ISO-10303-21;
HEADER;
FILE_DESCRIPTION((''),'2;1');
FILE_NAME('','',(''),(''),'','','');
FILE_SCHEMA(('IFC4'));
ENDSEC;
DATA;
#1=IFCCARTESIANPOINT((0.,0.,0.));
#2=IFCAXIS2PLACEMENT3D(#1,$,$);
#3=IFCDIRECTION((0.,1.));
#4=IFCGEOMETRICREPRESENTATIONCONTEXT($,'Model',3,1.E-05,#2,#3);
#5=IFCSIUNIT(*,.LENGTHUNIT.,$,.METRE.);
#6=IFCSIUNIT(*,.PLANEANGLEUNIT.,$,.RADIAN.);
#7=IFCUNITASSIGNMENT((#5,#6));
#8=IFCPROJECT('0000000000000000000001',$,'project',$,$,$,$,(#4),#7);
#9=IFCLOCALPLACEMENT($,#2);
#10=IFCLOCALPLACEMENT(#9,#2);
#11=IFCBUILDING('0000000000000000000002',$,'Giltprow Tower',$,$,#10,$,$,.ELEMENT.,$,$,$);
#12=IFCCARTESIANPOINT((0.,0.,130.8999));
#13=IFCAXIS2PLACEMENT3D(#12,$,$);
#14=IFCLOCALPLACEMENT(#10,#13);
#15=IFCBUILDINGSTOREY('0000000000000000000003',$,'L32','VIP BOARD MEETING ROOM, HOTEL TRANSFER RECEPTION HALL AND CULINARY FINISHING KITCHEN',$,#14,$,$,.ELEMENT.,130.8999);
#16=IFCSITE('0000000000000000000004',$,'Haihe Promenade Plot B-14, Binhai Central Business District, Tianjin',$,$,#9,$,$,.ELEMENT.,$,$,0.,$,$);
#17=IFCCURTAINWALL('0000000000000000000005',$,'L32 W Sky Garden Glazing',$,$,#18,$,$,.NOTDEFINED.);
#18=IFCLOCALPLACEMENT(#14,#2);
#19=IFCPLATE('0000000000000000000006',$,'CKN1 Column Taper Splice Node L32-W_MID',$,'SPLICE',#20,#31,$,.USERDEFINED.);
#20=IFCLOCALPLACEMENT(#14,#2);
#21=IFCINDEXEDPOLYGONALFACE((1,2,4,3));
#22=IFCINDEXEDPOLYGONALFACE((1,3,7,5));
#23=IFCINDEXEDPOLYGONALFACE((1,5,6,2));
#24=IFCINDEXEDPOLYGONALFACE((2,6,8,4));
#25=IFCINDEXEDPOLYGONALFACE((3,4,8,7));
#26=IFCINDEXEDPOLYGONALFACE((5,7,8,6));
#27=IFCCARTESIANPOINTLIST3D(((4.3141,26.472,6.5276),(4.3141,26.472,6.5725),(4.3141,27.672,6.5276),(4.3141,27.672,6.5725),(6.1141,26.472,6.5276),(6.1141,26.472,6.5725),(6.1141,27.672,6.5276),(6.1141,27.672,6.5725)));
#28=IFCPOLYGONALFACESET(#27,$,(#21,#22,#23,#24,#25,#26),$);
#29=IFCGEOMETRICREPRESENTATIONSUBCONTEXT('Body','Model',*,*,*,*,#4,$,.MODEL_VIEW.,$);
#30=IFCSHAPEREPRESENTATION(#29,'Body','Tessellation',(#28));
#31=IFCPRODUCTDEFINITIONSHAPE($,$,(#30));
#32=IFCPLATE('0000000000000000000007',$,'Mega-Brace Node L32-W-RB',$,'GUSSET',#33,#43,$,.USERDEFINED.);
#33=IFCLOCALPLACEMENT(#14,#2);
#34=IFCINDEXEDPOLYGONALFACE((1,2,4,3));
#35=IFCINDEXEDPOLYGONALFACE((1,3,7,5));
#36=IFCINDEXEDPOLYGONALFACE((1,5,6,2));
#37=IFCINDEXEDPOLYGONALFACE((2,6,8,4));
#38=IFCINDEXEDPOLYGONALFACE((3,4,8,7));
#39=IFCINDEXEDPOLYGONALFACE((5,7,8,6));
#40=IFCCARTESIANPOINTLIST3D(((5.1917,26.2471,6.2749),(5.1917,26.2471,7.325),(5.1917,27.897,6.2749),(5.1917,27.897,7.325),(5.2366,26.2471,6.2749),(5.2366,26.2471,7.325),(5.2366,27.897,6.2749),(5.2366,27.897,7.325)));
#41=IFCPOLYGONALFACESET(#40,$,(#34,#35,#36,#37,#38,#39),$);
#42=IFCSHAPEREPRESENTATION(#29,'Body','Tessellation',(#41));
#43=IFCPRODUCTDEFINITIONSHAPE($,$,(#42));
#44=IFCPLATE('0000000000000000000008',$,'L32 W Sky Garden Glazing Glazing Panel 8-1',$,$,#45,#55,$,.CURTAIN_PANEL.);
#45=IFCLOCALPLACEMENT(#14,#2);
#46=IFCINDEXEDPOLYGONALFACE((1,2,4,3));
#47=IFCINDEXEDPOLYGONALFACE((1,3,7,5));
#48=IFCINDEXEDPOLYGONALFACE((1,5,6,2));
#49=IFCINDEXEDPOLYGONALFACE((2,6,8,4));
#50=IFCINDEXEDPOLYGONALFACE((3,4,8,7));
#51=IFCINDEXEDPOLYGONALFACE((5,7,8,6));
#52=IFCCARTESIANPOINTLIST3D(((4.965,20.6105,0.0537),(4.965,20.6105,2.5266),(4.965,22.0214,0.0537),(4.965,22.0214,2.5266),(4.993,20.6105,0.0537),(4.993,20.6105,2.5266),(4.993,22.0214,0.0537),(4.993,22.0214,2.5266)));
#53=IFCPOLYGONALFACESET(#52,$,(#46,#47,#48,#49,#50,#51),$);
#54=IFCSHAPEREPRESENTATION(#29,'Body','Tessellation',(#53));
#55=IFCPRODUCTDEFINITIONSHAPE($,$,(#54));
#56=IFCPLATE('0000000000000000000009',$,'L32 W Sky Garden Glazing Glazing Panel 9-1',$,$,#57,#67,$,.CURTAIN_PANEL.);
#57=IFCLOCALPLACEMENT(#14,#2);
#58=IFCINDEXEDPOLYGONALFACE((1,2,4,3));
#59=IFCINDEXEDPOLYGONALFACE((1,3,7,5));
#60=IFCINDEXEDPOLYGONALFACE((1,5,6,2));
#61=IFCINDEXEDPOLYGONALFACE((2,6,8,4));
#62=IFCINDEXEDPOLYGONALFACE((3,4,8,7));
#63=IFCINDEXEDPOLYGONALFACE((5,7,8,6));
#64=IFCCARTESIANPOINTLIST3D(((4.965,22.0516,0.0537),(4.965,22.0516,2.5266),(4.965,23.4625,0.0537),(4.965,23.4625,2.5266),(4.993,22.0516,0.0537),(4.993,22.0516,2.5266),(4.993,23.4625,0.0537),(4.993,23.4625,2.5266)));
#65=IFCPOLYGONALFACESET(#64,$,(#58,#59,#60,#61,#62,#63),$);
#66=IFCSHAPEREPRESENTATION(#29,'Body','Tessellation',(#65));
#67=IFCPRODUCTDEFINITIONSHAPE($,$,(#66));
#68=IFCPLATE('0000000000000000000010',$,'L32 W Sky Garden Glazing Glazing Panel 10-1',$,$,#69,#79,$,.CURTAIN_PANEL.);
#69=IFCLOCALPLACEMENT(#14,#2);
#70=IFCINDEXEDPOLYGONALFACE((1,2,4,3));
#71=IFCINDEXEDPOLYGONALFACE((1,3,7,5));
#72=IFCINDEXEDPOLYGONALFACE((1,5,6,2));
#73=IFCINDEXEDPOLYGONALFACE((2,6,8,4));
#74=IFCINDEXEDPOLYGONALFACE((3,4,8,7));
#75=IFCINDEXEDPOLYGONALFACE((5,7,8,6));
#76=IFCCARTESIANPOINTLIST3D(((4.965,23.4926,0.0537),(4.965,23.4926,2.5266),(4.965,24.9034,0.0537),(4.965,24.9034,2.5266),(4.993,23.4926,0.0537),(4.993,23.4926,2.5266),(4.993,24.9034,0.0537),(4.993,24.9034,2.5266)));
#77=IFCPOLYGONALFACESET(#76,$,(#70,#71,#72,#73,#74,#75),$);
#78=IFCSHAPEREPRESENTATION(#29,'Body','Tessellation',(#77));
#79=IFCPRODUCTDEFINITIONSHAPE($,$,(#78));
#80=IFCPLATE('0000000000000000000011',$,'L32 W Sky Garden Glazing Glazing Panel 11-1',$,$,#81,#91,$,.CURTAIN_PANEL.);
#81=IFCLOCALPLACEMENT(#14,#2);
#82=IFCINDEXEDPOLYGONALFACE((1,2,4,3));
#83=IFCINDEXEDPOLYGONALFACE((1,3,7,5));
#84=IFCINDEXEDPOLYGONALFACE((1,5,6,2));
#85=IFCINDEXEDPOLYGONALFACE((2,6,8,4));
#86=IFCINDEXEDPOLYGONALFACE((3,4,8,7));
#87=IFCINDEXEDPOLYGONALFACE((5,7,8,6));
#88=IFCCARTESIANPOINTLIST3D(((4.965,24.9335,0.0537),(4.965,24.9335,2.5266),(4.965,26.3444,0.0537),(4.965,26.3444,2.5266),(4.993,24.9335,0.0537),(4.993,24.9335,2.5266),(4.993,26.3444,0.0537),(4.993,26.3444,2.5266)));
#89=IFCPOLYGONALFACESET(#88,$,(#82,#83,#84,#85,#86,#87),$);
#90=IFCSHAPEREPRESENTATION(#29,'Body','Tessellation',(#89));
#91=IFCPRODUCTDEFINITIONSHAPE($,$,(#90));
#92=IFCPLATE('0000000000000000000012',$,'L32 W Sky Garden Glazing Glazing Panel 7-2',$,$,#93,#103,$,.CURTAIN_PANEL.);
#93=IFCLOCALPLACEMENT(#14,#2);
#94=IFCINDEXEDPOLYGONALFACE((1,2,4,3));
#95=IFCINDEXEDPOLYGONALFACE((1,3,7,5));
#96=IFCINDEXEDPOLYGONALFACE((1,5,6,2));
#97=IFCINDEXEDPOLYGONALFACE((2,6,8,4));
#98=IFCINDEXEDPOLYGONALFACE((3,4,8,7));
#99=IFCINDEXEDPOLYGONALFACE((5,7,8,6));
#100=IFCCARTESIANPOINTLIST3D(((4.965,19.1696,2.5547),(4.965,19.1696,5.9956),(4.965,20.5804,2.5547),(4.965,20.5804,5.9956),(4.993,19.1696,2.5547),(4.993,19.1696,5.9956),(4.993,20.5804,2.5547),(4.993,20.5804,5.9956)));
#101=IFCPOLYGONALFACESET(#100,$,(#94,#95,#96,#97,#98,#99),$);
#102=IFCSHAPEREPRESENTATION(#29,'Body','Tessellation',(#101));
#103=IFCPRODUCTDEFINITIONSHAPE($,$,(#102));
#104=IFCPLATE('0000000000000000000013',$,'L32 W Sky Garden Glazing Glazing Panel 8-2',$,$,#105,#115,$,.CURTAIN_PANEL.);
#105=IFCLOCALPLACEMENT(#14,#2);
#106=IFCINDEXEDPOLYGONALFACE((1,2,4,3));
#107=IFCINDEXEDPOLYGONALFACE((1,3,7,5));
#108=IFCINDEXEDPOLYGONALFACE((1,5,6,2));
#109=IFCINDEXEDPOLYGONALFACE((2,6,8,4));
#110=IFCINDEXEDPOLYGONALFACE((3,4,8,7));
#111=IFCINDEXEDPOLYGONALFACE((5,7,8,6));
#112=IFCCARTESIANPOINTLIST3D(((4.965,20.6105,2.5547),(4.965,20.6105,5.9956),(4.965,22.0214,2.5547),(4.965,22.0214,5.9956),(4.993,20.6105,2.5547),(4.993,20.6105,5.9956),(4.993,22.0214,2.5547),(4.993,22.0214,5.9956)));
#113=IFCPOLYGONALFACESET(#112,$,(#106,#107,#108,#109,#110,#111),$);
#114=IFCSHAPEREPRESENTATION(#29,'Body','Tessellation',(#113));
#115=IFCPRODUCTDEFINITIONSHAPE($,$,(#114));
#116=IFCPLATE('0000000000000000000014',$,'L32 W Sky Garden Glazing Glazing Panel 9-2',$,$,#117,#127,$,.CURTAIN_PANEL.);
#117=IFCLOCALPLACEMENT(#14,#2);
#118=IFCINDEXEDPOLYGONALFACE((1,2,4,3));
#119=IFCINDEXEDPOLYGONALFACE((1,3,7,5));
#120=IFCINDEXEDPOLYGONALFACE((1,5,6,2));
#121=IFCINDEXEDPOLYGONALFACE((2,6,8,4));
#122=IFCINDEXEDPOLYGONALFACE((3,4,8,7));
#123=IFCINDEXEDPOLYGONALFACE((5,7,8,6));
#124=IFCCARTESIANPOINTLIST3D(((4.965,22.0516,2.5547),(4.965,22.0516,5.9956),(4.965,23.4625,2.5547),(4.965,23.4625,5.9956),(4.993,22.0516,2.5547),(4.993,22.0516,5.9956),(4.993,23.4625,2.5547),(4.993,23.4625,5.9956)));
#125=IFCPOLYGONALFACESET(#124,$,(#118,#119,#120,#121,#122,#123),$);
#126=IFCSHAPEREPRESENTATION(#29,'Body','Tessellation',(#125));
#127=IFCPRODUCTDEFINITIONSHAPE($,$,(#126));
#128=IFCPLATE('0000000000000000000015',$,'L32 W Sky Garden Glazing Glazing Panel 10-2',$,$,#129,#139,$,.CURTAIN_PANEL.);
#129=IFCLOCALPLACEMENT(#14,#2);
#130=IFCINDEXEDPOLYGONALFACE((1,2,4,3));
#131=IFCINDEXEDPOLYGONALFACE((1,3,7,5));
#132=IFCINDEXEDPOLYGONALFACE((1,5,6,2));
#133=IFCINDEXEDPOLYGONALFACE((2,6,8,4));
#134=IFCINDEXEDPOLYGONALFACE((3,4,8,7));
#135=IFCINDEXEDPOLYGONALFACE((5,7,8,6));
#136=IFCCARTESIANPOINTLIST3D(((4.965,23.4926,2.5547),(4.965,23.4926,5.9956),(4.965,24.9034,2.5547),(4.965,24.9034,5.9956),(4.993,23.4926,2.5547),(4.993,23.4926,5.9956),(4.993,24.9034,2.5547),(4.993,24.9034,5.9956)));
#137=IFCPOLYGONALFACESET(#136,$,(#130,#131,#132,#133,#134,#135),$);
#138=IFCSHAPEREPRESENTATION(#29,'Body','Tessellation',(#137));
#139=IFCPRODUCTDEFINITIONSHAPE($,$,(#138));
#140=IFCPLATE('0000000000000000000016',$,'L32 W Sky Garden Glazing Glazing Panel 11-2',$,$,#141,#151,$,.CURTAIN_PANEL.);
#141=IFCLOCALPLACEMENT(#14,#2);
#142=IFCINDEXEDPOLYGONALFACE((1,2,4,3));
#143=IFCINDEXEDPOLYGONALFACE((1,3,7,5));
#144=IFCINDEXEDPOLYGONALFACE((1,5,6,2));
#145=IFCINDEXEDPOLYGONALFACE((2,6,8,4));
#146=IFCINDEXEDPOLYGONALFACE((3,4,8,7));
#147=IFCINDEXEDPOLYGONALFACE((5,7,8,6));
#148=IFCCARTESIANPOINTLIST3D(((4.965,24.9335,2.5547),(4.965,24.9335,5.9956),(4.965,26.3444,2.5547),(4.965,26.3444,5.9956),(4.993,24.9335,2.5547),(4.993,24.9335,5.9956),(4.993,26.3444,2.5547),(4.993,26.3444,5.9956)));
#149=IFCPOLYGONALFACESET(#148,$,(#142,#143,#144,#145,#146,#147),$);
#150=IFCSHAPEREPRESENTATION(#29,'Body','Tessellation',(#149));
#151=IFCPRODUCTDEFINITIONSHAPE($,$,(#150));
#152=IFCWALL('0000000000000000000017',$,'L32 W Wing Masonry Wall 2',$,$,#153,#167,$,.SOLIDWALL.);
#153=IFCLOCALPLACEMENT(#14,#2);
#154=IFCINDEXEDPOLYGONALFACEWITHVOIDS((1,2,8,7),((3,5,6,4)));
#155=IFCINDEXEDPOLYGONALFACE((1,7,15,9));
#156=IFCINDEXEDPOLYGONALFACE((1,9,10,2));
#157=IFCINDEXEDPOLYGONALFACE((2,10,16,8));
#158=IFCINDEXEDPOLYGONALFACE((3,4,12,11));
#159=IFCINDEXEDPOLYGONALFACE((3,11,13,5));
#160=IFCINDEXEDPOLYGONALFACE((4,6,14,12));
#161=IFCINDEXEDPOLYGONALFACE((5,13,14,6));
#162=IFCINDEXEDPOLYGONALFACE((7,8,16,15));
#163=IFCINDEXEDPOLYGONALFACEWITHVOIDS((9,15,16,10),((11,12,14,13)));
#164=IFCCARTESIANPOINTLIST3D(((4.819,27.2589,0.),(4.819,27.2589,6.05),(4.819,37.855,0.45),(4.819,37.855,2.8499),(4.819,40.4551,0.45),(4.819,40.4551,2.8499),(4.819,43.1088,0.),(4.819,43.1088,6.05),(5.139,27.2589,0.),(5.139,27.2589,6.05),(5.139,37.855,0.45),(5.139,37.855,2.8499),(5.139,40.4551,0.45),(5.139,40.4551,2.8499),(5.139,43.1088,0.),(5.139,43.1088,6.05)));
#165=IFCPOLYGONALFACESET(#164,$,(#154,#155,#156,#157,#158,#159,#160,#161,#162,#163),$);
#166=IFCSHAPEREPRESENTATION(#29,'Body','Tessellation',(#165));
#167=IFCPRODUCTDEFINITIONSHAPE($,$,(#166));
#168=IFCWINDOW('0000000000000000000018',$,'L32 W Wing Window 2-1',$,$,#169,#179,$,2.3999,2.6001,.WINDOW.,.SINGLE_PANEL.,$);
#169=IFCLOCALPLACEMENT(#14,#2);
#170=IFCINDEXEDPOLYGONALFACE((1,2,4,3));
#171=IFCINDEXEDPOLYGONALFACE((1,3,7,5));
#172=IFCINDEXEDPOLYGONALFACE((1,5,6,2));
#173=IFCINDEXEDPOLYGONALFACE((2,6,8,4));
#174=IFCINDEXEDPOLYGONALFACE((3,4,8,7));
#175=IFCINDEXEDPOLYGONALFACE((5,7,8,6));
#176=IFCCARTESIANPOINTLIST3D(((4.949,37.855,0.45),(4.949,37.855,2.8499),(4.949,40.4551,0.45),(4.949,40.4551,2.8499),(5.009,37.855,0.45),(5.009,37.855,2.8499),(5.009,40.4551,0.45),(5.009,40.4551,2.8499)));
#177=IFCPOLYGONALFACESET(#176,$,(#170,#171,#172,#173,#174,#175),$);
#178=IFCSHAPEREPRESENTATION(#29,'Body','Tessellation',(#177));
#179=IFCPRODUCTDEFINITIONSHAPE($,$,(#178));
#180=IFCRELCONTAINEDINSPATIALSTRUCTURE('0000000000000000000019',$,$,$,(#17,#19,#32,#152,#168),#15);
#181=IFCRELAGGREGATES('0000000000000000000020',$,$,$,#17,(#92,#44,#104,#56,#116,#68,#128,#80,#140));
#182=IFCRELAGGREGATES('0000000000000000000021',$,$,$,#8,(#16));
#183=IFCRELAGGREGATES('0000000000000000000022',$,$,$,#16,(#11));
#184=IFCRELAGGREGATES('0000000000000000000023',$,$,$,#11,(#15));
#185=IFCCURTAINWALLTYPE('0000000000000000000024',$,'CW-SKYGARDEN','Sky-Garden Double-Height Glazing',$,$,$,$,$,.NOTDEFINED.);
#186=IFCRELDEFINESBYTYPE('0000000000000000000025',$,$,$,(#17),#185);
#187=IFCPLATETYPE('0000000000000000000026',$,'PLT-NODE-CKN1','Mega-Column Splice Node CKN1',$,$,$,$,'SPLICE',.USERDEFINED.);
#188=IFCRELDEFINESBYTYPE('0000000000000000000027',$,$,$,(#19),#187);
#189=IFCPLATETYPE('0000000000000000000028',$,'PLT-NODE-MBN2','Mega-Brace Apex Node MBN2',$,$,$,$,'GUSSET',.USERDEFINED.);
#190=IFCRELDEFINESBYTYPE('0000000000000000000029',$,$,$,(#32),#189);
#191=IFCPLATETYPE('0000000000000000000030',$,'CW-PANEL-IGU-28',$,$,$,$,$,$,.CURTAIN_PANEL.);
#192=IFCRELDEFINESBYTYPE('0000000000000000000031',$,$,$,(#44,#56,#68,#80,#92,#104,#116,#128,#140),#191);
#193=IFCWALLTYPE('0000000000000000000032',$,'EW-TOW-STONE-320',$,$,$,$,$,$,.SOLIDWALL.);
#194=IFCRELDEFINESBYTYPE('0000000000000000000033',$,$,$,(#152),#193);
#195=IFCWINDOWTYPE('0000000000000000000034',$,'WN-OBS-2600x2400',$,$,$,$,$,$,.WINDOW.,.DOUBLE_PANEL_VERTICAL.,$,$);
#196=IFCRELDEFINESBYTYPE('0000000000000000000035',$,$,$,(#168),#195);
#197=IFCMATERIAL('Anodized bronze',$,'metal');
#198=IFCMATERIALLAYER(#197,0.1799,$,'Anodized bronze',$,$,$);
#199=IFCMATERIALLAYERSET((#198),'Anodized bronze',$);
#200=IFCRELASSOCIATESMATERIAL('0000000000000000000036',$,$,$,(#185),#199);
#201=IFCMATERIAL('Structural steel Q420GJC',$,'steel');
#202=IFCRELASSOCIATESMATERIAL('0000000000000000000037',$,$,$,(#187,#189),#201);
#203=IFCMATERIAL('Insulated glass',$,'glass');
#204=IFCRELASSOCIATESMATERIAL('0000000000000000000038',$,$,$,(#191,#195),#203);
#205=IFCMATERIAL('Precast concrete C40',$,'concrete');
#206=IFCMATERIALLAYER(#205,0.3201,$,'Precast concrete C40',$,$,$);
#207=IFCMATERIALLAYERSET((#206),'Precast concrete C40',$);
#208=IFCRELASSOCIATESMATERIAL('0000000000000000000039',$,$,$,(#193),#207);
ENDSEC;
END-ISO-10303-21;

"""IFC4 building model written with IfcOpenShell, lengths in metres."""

from ifc_helpers import new_model, si_unit, direction, frame, frame_2d, origin, origin_2d, place, context, subcontext, project, spatial, rectangle, extrude, source, transform, mapped, material, layer, layer_set, type_object, element, fill, aggregate, save


model = new_model("IFC4")

# Units and contexts
model_context = context("Model", 3, precision=1e-05, world=origin(), true_north=direction((0.0, 1.0)))
body_context = subcontext(model_context, "Body", "Model", "MODEL_VIEW")
ifc_project = project(units=[si_unit("LENGTHUNIT", "METRE"), si_unit("PLANEANGLEUNIT", "RADIAN")], contexts=[model_context])

# Site, building, storey
site_placement = place(None, origin())
site = spatial("IfcSite", under=ifc_project, at=site_placement, Name="Haihe Promenade Plot B-14, Binhai Central Business District, Tianjin", CompositionType="ELEMENT", RefElevation=0.0)
building_placement = place(site_placement, origin())
building = spatial("IfcBuilding", under=site, at=building_placement, Name="Giltprow Tower", CompositionType="ELEMENT")
storey_placement = place(building_placement, frame((0.0, 0.0, 130.8999)))
storey = spatial("IfcBuildingStorey", under=building, at=storey_placement, Name="L32", Description="VIP BOARD MEETING ROOM, HOTEL TRANSFER RECEPTION HALL AND CULINARY FINISHING KITCHEN", CompositionType="ELEMENT", Elevation=130.8999)

# Shared definitions
ifc_material_1 = material(Name="Structural steel Q420GJC", Category="steel")

# Curtain wall
ifc_material_2 = material(Name="Anodized bronze", Category="metal")
ifc_layer_1 = layer(ifc_material_2, 0.1799, Name="Anodized bronze")
ifc_layer_set_1 = layer_set([ifc_layer_1], Name="Anodized bronze")
curtain_wall_type = type_object("IfcCurtainWallType", Name="CW-SKYGARDEN", Description="Sky-Garden Double-Height Glazing", PredefinedType="NOTDEFINED", material=ifc_layer_set_1)
curtain_wall_placement = place(storey_placement, origin())
curtain_wall = element("IfcCurtainWall", 1, at=curtain_wall_placement, inside=storey, type_object=curtain_wall_type, Name="L32 W Sky Garden Glazing", PredefinedType="NOTDEFINED")

# Plates
plate_type_1 = type_object("IfcPlateType", Name="PLT-NODE-CKN1", Description="Mega-Column Splice Node CKN1", ElementType="SPLICE", PredefinedType="USERDEFINED", material=ifc_material_1)
shared_shape_1 = source(origin(), body_context, "Body", "SweptSolid", [
    extrude(rectangle(XDim=1.8, YDim=1.2, at=origin_2d()), origin(), (0.0, 0.0, 1.0), 0.0449),
])
plate_1_placement = place(storey_placement, frame((5.2141, 27.072, 6.5276), z_axis=(0.0, 0.0, 1.0), x_axis=(1.0, 0.0, 0.0)))
element("IfcPlate", 2, at=plate_1_placement, inside=storey, type_object=plate_type_1, Name="CKN1 Column Taper Splice Node L32-W_MID", ObjectType="SPLICE", PredefinedType="USERDEFINED", context=body_context, shape_type="MappedRepresentation", body=[
    mapped(shared_shape_1, transform((0.0, 0.0, 0.0), x_axis=(1.0, 0.0, 0.0), y_axis=(0.0, 1.0, 0.0), z_axis=(0.0, 0.0, 1.0), scale=1.0)),
])
plate_type_2 = type_object("IfcPlateType", Name="PLT-NODE-MBN2", Description="Mega-Brace Apex Node MBN2", ElementType="GUSSET", PredefinedType="USERDEFINED", material=ifc_material_1)
shared_shape_2 = source(origin(), body_context, "Body", "SweptSolid", [
    extrude(rectangle(XDim=1.6499, YDim=0.0449, at=origin_2d()), origin(), (0.0, 0.0, 1.0), 1.05),
])
plate_2_placement = place(storey_placement, frame((5.2141, 27.072, 6.2749), z_axis=(0.0, 0.0, 1.0), x_axis=(0.0, 1.0, 0.0)))
element("IfcPlate", 3, at=plate_2_placement, inside=storey, type_object=plate_type_2, Name="Mega-Brace Node L32-W-RB", ObjectType="GUSSET", PredefinedType="USERDEFINED", context=body_context, shape_type="MappedRepresentation", body=[
    mapped(shared_shape_2, transform((0.0, 0.0, 0.0), x_axis=(1.0, 0.0, 0.0), y_axis=(0.0, 1.0, 0.0), z_axis=(0.0, 0.0, 1.0), scale=1.0)),
])

# Plates
ifc_material_3 = material(Name="Insulated glass", Category="glass")
plate_type_3 = type_object("IfcPlateType", Name="CW-PANEL-IGU-28", PredefinedType="CURTAIN_PANEL", material=ifc_material_3)
shared_shape_3 = source(origin(), body_context, "Body", "SweptSolid", [
    extrude(rectangle(XDim=1.4109, YDim=0.0281, at=origin_2d()), origin(), (0.0, 0.0, 1.0), 2.4729),
])
plate_3_placement = place(storey_placement, frame((4.979, 21.3159, 0.0537), z_axis=(0.0, 0.0, 1.0), x_axis=(0.0, 1.0, 0.0)))
plate_3 = element("IfcPlate", 4, at=plate_3_placement, type_object=plate_type_3, Name="L32 W Sky Garden Glazing Glazing Panel 8-1", PredefinedType="CURTAIN_PANEL", context=body_context, shape_type="MappedRepresentation", body=[
    mapped(shared_shape_3, transform((0.0, 0.0, 0.0), x_axis=(1.0, 0.0, 0.0), y_axis=(0.0, 1.0, 0.0), z_axis=(0.0, 0.0, 1.0), scale=1.0)),
])
plate_4_placement = place(storey_placement, frame((4.979, 22.7571, 0.0537), z_axis=(0.0, 0.0, 1.0), x_axis=(0.0, 1.0, 0.0)))
plate_4 = element("IfcPlate", 5, at=plate_4_placement, type_object=plate_type_3, Name="L32 W Sky Garden Glazing Glazing Panel 9-1", PredefinedType="CURTAIN_PANEL", context=body_context, shape_type="MappedRepresentation", body=[
    mapped(shared_shape_3, transform((0.0, 0.0, 0.0), x_axis=(1.0, 0.0, 0.0), y_axis=(0.0, 1.0, 0.0), z_axis=(0.0, 0.0, 1.0), scale=1.0)),
])
plate_5_placement = place(storey_placement, frame((4.979, 24.198, 0.0537), z_axis=(0.0, 0.0, 1.0), x_axis=(0.0, 1.0, 0.0)))
plate_5 = element("IfcPlate", 6, at=plate_5_placement, type_object=plate_type_3, Name="L32 W Sky Garden Glazing Glazing Panel 10-1", PredefinedType="CURTAIN_PANEL", context=body_context, shape_type="MappedRepresentation", body=[
    mapped(shared_shape_3, transform((0.0, 0.0, 0.0), x_axis=(1.0, 0.0, 0.0), y_axis=(0.0, 1.0, 0.0), z_axis=(0.0, 0.0, 1.0), scale=1.0)),
])
plate_6_placement = place(storey_placement, frame((4.979, 25.6389, 0.0537), z_axis=(0.0, 0.0, 1.0), x_axis=(0.0, 1.0, 0.0)))
plate_6 = element("IfcPlate", 7, at=plate_6_placement, type_object=plate_type_3, Name="L32 W Sky Garden Glazing Glazing Panel 11-1", PredefinedType="CURTAIN_PANEL", context=body_context, shape_type="MappedRepresentation", body=[
    mapped(shared_shape_3, transform((0.0, 0.0, 0.0), x_axis=(1.0, 0.0, 0.0), y_axis=(0.0, 1.0, 0.0), z_axis=(0.0, 0.0, 1.0), scale=1.0)),
])
shared_shape_4 = source(origin(), body_context, "Body", "SweptSolid", [
    extrude(rectangle(XDim=1.4109, YDim=0.0281, at=origin_2d()), origin(), (0.0, 0.0, 1.0), 3.4409),
])
plate_7_placement = place(storey_placement, frame((4.979, 19.875, 2.5547), z_axis=(0.0, 0.0, 1.0), x_axis=(0.0, 1.0, 0.0)))
plate_7 = element("IfcPlate", 8, at=plate_7_placement, type_object=plate_type_3, Name="L32 W Sky Garden Glazing Glazing Panel 7-2", PredefinedType="CURTAIN_PANEL", context=body_context, shape_type="MappedRepresentation", body=[
    mapped(shared_shape_4, transform((0.0, 0.0, 0.0), x_axis=(1.0, 0.0, 0.0), y_axis=(0.0, 1.0, 0.0), z_axis=(0.0, 0.0, 1.0), scale=1.0)),
])
plate_8_placement = place(storey_placement, frame((4.979, 21.3159, 2.5547), z_axis=(0.0, 0.0, 1.0), x_axis=(0.0, 1.0, 0.0)))
plate_8 = element("IfcPlate", 9, at=plate_8_placement, type_object=plate_type_3, Name="L32 W Sky Garden Glazing Glazing Panel 8-2", PredefinedType="CURTAIN_PANEL", context=body_context, shape_type="MappedRepresentation", body=[
    mapped(shared_shape_4, transform((0.0, 0.0, 0.0), x_axis=(1.0, 0.0, 0.0), y_axis=(0.0, 1.0, 0.0), z_axis=(0.0, 0.0, 1.0), scale=1.0)),
])
plate_9_placement = place(storey_placement, frame((4.979, 22.7571, 2.5547), z_axis=(0.0, 0.0, 1.0), x_axis=(0.0, 1.0, 0.0)))
plate_9 = element("IfcPlate", 10, at=plate_9_placement, type_object=plate_type_3, Name="L32 W Sky Garden Glazing Glazing Panel 9-2", PredefinedType="CURTAIN_PANEL", context=body_context, shape_type="MappedRepresentation", body=[
    mapped(shared_shape_4, transform((0.0, 0.0, 0.0), x_axis=(1.0, 0.0, 0.0), y_axis=(0.0, 1.0, 0.0), z_axis=(0.0, 0.0, 1.0), scale=1.0)),
])
plate_10_placement = place(storey_placement, frame((4.979, 24.198, 2.5547), z_axis=(0.0, 0.0, 1.0), x_axis=(0.0, 1.0, 0.0)))
plate_10 = element("IfcPlate", 11, at=plate_10_placement, type_object=plate_type_3, Name="L32 W Sky Garden Glazing Glazing Panel 10-2", PredefinedType="CURTAIN_PANEL", context=body_context, shape_type="MappedRepresentation", body=[
    mapped(shared_shape_4, transform((0.0, 0.0, 0.0), x_axis=(1.0, 0.0, 0.0), y_axis=(0.0, 1.0, 0.0), z_axis=(0.0, 0.0, 1.0), scale=1.0)),
])
plate_11_placement = place(storey_placement, frame((4.979, 25.6389, 2.5547), z_axis=(0.0, 0.0, 1.0), x_axis=(0.0, 1.0, 0.0)))
plate_11 = element("IfcPlate", 12, at=plate_11_placement, type_object=plate_type_3, Name="L32 W Sky Garden Glazing Glazing Panel 11-2", PredefinedType="CURTAIN_PANEL", context=body_context, shape_type="MappedRepresentation", body=[
    mapped(shared_shape_4, transform((0.0, 0.0, 0.0), x_axis=(1.0, 0.0, 0.0), y_axis=(0.0, 1.0, 0.0), z_axis=(0.0, 0.0, 1.0), scale=1.0)),
])
aggregate(curtain_wall, [plate_7, plate_3, plate_8, plate_4, plate_9, plate_5, plate_10, plate_6, plate_11])

# Wall, opening, window
ifc_material_4 = material(Name="Precast concrete C40", Category="concrete")
ifc_layer_2 = layer(ifc_material_4, 0.3201, Name="Precast concrete C40")
ifc_layer_set_2 = layer_set([ifc_layer_2], Name="Precast concrete C40")
wall_type_1 = type_object("IfcWallType", Name="EW-TOW-STONE-320", PredefinedType="SOLIDWALL", material=ifc_layer_set_2)
wall_1_placement = place(storey_placement, frame((4.979, 27.259, 0.0), z_axis=(0.0, 0.0, 1.0), x_axis=(0.0, 1.0, 0.0)))
wall_1 = element("IfcWall", 13, at=wall_1_placement, inside=storey, type_object=wall_type_1, Name="L32 W Wing Masonry Wall 2", PredefinedType="SOLIDWALL", context=body_context, shape_type="SweptSolid", body=[
    extrude(rectangle(XDim=15.8499, YDim=0.3201, at=frame_2d((7.9248, 0.0))), origin(), (0.0, 0.0, 1.0), 6.05),
])
opening_1_placement = place(wall_1_placement, frame((10.5959, 0.0, 0.45)))
opening_1 = element("IfcOpeningElement", 14, at=opening_1_placement, cuts=wall_1, PredefinedType="OPENING", context=body_context, shape_type="SweptSolid", body=[
    extrude(rectangle(XDim=2.6001, YDim=2.3999, at=frame_2d((1.3, 1.2))), frame((0.0, 0.1699, 0.0), z_axis=(0.0, -1.0, 0.0), x_axis=(1.0, 0.0, 0.0)), (0.0, 0.0, 1.0), 0.3401),
])
window_type = type_object("IfcWindowType", Name="WN-OBS-2600x2400", PartitioningType="DOUBLE_PANEL_VERTICAL", PredefinedType="WINDOW", material=ifc_material_3)
shared_shape_5 = source(origin(), body_context, "Body", "SweptSolid", [
    extrude(rectangle(XDim=2.6001, YDim=2.3999, at=frame_2d((1.3, 1.2))), frame((0.0, 0.03, 0.0), z_axis=(0.0, -1.0, 0.0), x_axis=(1.0, 0.0, 0.0)), (0.0, 0.0, 1.0), 0.0601),
])
window_placement = place(opening_1_placement, origin())
window = element("IfcWindow", 15, at=window_placement, inside=storey, type_object=window_type, Name="L32 W Wing Window 2-1", OverallHeight=2.3999, OverallWidth=2.6001, PartitioningType="SINGLE_PANEL", PredefinedType="WINDOW", context=body_context, shape_type="MappedRepresentation", body=[
    mapped(shared_shape_5, transform((0.0, 0.0, 0.0), x_axis=(1.0, 0.0, 0.0), y_axis=(0.0, 1.0, 0.0), z_axis=(0.0, 0.0, 1.0), scale=1.0)),
])
fill(opening_1, window)

save(model, "model.ifc")
